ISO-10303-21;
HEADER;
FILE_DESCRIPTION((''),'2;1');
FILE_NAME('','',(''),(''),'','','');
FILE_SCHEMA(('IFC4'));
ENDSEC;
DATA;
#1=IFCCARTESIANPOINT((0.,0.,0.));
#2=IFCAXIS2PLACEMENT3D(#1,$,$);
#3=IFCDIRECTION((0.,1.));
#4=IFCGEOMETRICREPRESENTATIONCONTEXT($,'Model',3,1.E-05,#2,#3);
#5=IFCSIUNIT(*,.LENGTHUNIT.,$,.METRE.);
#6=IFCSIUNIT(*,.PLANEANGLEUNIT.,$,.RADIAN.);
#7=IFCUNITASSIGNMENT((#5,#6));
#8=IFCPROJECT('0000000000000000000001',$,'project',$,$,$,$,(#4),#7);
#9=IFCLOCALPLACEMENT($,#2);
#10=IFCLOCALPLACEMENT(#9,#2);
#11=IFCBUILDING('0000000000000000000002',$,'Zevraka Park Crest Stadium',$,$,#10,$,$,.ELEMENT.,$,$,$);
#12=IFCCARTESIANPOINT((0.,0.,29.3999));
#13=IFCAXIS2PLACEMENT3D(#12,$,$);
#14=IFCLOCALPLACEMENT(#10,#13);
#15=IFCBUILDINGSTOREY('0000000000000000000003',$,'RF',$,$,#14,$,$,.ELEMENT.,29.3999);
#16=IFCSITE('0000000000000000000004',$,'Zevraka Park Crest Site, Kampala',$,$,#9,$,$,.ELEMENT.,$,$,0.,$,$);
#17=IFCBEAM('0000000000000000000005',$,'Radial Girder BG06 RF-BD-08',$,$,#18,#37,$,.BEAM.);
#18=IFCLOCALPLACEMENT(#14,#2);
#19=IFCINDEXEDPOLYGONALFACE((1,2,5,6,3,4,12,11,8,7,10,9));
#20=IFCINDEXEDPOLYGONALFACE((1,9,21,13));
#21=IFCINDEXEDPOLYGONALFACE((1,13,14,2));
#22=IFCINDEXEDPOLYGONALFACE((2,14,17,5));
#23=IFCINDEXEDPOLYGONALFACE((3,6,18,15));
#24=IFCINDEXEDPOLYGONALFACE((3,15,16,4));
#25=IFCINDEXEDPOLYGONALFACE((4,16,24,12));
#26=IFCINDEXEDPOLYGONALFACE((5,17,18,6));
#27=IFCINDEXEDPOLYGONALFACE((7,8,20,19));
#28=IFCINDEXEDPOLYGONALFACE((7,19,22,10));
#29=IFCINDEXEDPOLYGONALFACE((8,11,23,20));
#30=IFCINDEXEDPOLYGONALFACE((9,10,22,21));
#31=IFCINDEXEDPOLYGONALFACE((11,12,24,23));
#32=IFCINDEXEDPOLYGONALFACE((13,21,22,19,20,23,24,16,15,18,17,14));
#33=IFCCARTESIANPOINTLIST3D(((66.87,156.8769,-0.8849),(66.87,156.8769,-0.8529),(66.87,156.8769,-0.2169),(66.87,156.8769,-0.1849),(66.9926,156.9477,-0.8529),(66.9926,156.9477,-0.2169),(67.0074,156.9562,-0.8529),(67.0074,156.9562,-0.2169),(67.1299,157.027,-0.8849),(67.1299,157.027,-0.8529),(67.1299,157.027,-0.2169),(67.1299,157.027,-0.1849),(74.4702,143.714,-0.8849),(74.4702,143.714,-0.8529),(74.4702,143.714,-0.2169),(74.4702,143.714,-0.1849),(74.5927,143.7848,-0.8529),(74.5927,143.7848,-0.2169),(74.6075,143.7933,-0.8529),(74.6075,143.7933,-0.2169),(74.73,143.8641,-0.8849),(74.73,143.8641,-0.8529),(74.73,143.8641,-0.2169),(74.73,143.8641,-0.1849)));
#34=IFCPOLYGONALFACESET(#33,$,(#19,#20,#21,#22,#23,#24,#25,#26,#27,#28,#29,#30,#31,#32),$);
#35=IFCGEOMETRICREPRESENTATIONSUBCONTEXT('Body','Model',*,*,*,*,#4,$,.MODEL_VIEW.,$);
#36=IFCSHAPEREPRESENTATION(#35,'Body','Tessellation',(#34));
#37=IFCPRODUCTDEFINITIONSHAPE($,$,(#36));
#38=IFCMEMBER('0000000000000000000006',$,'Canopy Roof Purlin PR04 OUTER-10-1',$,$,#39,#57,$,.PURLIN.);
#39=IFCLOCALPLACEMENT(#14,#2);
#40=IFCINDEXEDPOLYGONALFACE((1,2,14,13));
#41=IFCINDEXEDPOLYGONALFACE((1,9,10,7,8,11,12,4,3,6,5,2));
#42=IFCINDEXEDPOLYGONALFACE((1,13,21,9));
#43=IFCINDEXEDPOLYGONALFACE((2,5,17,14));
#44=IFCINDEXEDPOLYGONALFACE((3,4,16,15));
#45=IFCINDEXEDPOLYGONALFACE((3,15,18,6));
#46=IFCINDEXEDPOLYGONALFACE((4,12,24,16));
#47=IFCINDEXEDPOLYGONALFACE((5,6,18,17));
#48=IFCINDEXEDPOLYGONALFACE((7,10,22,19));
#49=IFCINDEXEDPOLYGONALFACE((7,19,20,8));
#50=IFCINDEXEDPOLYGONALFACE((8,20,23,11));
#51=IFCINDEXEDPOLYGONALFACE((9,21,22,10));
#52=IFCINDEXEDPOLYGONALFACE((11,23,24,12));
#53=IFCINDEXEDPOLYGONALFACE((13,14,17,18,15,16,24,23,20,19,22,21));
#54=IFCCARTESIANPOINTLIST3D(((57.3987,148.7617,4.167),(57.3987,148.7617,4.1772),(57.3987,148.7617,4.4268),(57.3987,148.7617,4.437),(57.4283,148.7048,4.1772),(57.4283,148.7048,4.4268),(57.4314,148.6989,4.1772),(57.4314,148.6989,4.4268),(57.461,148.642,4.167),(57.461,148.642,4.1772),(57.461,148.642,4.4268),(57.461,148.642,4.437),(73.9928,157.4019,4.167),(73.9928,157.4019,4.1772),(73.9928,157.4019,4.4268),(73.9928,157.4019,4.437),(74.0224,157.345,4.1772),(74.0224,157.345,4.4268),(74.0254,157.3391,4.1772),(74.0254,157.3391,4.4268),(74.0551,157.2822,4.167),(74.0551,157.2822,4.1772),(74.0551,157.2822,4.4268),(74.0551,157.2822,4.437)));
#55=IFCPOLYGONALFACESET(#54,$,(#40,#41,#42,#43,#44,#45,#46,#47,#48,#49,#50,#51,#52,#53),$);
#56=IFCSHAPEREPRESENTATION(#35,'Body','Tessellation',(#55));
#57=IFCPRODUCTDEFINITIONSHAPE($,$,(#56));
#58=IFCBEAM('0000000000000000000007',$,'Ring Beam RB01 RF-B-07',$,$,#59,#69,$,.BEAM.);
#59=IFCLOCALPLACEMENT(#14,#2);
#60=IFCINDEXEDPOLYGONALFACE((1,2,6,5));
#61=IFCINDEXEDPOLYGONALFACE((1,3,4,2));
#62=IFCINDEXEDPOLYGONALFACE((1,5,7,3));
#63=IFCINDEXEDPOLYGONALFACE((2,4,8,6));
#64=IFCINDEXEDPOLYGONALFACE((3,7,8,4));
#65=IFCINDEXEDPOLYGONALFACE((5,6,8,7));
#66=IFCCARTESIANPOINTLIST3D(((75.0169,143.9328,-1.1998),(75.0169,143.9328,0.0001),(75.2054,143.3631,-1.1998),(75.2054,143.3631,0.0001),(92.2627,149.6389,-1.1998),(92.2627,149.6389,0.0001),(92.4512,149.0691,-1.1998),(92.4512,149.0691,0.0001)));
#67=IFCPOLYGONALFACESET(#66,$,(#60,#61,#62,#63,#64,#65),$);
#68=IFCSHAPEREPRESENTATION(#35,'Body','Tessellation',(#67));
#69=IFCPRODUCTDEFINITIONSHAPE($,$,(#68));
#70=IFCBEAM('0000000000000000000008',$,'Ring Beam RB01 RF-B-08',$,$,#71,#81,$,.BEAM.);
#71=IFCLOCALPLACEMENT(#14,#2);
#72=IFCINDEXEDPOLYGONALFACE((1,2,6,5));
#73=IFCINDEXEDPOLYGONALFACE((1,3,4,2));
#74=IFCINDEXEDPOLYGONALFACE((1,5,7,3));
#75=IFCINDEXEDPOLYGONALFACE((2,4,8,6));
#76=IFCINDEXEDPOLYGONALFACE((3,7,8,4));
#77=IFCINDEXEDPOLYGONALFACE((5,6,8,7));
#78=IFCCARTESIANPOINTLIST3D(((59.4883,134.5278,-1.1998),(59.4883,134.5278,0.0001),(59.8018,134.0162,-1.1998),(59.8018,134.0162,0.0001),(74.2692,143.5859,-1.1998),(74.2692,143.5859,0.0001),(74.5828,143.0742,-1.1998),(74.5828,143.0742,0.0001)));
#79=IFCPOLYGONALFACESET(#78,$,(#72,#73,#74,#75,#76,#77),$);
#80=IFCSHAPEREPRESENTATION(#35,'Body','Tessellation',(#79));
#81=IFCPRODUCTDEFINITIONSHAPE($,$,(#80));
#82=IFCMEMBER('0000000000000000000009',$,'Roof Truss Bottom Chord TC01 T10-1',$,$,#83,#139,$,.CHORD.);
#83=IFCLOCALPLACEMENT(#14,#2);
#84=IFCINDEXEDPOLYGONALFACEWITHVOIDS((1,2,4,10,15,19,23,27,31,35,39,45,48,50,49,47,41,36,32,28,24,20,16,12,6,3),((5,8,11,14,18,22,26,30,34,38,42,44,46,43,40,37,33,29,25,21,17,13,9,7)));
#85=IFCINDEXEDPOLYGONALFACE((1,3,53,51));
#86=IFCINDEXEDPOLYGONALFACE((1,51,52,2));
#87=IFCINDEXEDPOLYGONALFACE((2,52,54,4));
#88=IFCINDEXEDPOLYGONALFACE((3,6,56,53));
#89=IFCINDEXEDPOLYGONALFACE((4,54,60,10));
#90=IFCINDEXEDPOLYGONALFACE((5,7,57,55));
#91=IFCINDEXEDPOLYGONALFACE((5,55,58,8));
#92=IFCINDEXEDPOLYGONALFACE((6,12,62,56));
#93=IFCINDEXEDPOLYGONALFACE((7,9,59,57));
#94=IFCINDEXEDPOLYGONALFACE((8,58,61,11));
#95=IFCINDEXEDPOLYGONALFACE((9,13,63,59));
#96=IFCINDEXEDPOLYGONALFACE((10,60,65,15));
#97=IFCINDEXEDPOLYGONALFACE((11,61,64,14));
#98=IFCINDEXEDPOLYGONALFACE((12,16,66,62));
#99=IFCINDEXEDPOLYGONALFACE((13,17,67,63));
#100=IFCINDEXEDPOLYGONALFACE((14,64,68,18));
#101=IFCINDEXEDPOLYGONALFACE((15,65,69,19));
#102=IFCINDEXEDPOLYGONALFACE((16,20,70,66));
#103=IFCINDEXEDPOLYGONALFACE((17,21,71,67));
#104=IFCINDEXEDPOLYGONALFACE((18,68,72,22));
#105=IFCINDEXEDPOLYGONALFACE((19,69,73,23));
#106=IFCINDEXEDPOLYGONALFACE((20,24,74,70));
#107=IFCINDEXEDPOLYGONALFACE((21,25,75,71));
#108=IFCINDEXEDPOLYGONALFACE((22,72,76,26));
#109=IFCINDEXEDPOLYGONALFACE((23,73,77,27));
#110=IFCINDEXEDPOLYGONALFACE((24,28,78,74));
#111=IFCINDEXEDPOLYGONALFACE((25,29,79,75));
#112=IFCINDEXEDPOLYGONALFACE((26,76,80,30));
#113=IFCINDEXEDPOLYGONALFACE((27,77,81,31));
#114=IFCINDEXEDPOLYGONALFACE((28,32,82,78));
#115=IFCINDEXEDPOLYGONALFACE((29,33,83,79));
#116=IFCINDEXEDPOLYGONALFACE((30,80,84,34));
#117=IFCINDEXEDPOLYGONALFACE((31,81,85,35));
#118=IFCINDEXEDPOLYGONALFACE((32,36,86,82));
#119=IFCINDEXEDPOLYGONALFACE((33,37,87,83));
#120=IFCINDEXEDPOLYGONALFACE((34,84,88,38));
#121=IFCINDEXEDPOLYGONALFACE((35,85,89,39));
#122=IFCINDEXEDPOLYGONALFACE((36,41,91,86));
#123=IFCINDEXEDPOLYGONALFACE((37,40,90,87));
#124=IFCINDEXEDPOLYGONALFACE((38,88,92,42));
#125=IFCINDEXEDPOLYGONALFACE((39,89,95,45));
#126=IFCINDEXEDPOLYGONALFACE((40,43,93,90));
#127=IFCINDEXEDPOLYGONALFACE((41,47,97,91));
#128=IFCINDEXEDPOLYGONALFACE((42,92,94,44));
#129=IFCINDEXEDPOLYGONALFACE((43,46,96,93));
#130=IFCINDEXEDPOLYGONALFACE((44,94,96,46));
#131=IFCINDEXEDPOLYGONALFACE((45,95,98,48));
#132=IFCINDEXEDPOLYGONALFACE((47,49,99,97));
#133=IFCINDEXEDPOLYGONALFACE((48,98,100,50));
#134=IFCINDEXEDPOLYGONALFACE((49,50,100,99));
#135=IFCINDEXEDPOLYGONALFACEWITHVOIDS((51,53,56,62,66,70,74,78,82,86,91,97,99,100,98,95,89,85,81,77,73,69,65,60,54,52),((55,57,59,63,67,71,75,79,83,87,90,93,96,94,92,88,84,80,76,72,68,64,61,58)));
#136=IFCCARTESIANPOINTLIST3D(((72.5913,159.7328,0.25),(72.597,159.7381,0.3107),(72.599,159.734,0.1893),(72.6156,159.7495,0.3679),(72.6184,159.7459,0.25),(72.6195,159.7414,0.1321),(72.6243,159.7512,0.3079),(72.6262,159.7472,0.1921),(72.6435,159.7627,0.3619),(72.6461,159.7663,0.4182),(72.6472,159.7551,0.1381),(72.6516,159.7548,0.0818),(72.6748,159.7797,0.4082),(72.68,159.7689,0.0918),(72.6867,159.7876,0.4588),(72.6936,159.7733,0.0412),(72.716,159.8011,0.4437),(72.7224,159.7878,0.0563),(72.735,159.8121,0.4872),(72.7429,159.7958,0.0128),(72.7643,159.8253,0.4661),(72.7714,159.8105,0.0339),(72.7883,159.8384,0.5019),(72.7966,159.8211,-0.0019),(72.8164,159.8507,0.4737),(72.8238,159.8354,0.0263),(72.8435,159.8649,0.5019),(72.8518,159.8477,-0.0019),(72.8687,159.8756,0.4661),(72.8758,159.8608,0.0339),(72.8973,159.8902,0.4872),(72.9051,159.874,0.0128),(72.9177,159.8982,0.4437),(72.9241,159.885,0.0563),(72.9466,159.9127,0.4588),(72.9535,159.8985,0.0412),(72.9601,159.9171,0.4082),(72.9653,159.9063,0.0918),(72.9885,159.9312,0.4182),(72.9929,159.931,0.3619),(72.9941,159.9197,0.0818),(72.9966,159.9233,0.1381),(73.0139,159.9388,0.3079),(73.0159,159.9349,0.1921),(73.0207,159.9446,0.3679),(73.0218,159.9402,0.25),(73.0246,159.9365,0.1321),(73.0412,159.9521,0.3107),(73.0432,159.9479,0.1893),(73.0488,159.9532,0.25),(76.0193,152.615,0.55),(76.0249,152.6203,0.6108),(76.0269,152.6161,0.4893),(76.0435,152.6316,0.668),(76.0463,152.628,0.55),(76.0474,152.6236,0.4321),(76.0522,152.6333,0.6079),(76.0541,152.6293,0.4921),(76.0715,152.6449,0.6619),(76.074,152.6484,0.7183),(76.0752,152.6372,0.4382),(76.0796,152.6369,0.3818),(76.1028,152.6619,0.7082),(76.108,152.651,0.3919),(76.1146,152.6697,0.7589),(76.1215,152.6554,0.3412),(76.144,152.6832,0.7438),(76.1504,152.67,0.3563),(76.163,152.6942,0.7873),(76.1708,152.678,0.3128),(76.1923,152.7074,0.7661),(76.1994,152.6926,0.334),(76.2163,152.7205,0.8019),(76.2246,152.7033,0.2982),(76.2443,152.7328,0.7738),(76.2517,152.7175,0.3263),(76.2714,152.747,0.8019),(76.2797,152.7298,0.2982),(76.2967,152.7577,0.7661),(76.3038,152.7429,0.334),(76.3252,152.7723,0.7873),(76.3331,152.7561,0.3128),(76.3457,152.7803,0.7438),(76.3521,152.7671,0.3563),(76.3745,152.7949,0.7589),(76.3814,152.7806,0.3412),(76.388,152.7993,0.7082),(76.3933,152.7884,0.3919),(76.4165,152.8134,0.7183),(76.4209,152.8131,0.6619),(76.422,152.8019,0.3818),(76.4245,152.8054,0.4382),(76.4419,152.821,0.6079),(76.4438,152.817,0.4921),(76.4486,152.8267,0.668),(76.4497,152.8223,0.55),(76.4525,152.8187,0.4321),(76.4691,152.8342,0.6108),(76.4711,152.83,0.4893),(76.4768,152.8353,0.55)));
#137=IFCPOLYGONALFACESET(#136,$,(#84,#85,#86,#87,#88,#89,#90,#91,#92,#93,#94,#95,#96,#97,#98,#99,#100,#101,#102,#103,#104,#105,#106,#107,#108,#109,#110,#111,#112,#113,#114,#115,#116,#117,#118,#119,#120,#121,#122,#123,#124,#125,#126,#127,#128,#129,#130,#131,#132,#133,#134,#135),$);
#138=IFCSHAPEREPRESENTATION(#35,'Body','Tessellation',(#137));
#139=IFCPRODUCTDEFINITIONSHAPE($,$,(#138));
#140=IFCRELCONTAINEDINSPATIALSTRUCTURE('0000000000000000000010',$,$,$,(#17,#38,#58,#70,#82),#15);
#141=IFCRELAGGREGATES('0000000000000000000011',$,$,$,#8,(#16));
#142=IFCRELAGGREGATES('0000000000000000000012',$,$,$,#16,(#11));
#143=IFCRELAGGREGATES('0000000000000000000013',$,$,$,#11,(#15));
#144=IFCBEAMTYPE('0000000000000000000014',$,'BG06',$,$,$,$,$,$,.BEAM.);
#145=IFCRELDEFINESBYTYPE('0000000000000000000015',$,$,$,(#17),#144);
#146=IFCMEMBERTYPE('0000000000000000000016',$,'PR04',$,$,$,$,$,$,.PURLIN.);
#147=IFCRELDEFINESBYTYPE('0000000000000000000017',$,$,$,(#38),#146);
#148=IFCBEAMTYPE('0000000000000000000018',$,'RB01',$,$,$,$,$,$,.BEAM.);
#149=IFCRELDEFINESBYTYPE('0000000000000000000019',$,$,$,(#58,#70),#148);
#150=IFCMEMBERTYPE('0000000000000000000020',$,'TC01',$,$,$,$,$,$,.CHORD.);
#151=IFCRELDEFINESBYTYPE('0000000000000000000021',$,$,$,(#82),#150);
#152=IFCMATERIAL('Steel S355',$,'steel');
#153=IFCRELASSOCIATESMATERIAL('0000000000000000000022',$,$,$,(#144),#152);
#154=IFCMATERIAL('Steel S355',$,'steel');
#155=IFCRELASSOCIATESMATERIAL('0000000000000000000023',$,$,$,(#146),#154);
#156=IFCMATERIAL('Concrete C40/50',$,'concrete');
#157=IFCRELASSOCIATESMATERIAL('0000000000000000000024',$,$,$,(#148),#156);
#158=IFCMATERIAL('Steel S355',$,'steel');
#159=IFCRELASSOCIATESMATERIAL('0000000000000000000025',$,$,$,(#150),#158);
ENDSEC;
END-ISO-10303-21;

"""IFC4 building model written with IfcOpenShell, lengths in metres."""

from ifc_helpers import new_model, si_unit, direction, frame, origin, origin_2d, place, context, subcontext, project, spatial, rectangle, hollow_circle, i_section, extrude, material, material_profile, profile_set, type_object, element, save


model = new_model("IFC4")

# Units and contexts
model_context = context("Model", 3, precision=1e-05, world=origin(), true_north=direction((0.0, 1.0)))
body_context = subcontext(model_context, "Body", "Model", "MODEL_VIEW")
ifc_project = project(units=[si_unit("LENGTHUNIT", "METRE"), si_unit("PLANEANGLEUNIT", "RADIAN")], contexts=[model_context])

# Site, building, storey
site_placement = place(None, origin())
site = spatial("IfcSite", under=ifc_project, at=site_placement, Name="Zevraka Park Crest Site, Kampala", CompositionType="ELEMENT", RefElevation=0.0)
building_placement = place(site_placement, origin())
building = spatial("IfcBuilding", under=site, at=building_placement, Name="Zevraka Park Crest Stadium", CompositionType="ELEMENT")
storey_placement = place(building_placement, frame((0.0, 0.0, 29.3999)))
storey = spatial("IfcBuildingStorey", under=building, at=storey_placement, Name="RF", CompositionType="ELEMENT", Elevation=29.3999)

# Beam
ifc_material_1 = material(Name="Steel S355", Category="steel")
ifc_material_profile_1 = material_profile(ifc_material_1, i_section(OverallWidth=0.3, OverallDepth=0.7, WebThickness=0.0171, FlangeThickness=0.032, at=origin_2d()), Name="HEB 700")
ifc_profile_set_1 = profile_set([ifc_material_profile_1], Name="Steel S355")
beam_type_1 = type_object("IfcBeamType", Name="BG06", PredefinedType="BEAM", material=ifc_profile_set_1)
beam_1_placement = place(storey_placement, frame((74.6001, 143.7891, -0.5349), z_axis=(-0.500026, 0.86601, 0.0), x_axis=(-0.86601, -0.500026, 0.0)))
element("IfcBeam", 1, at=beam_1_placement, inside=storey, type_object=beam_type_1, Name="Radial Girder BG06 RF-BD-08", PredefinedType="BEAM", context=body_context, shape_type="SweptSolid", body=[
    extrude(i_section(OverallWidth=0.3, OverallDepth=0.7, WebThickness=0.0171, FlangeThickness=0.032, at=origin_2d()), origin(), (0.0, 0.0, 1.0), 15.1995),
])

# Member
ifc_material_2 = material(Name="Steel S355", Category="steel")
ifc_material_profile_2 = material_profile(ifc_material_2, i_section(OverallWidth=0.135, OverallDepth=0.27, WebThickness=0.0066, FlangeThickness=0.0103, at=origin_2d()), Name="IPE 270")
ifc_profile_set_2 = profile_set([ifc_material_profile_2], Name="Steel S355")
member_type_1 = type_object("IfcMemberType", Name="PR04", PredefinedType="PURLIN", material=ifc_profile_set_2)
member_1_placement = place(storey_placement, frame((74.0239, 157.342, 4.302), z_axis=(-0.88697, -0.461826, 0.0), x_axis=(0.461826, -0.88697, 0.0)))
element("IfcMember", 2, at=member_1_placement, inside=storey, type_object=member_type_1, Name="Canopy Roof Purlin PR04 OUTER-10-1", PredefinedType="PURLIN", context=body_context, shape_type="SweptSolid", body=[
    extrude(i_section(OverallWidth=0.135, OverallDepth=0.27, WebThickness=0.0066, FlangeThickness=0.0103, at=origin_2d()), origin(), (0.0, 0.0, 1.0), 18.7087),
])

# Beams
ifc_material_3 = material(Name="Concrete C40/50", Category="concrete")
ifc_material_profile_3 = material_profile(ifc_material_3, rectangle(XDim=0.6001, YDim=1.2, at=origin_2d()), Name="RC 1200x600")
ifc_profile_set_3 = profile_set([ifc_material_profile_3], Name="Concrete C40/50")
beam_type_2 = type_object("IfcBeamType", Name="RB01", PredefinedType="BEAM", material=ifc_profile_set_3)
beam_2_placement = place(storey_placement, frame((92.3569, 149.354, -0.5999), z_axis=(-0.949384, -0.314118, 0.0), x_axis=(0.314118, -0.949384, 0.0)))
element("IfcBeam", 3, at=beam_2_placement, inside=storey, type_object=beam_type_2, Name="Ring Beam RB01 RF-B-07", PredefinedType="BEAM", context=body_context, shape_type="SweptSolid", body=[
    extrude(rectangle(XDim=0.6001, YDim=1.2, at=origin_2d()), origin(), (0.0, 0.0, 1.0), 18.1653),
])
beam_3_placement = place(storey_placement, frame((74.426, 143.3301, -0.5999), z_axis=(-0.852633, -0.522511, 0.0), x_axis=(0.522511, -0.852633, 0.0)))
element("IfcBeam", 4, at=beam_3_placement, inside=storey, type_object=beam_type_2, Name="Ring Beam RB01 RF-B-08", PredefinedType="BEAM", context=body_context, shape_type="SweptSolid", body=[
    extrude(rectangle(XDim=0.6001, YDim=1.2, at=origin_2d()), origin(), (0.0, 0.0, 1.0), 17.3357),
])

# Member
ifc_material_4 = material(Name="Steel S355", Category="steel")
ifc_material_profile_4 = material_profile(ifc_material_4, hollow_circle(Radius=0.2539, WallThickness=0.03, at=origin_2d()), Name="CHS 508.0x30")
ifc_profile_set_4 = profile_set([ifc_material_profile_4], Name="Steel S355")
member_type_2 = type_object("IfcMemberType", Name="TC01", PredefinedType="CHORD", material=ifc_profile_set_4)
member_2_placement = place(storey_placement, frame((72.8201, 159.843, 0.25), z_axis=(0.433589, -0.900311, 0.037952), x_axis=(0.900961, 0.433901, 0.0)))
element("IfcMember", 5, at=member_2_placement, inside=storey, type_object=member_type_2, Name="Roof Truss Bottom Chord TC01 T10-1", PredefinedType="CHORD", context=body_context, shape_type="SweptSolid", body=[
    extrude(hollow_circle(Radius=0.2539, WallThickness=0.03, at=origin_2d()), origin(), (0.0, 0.0, 1.0), 7.906),
])

save(model, "model.ifc")
